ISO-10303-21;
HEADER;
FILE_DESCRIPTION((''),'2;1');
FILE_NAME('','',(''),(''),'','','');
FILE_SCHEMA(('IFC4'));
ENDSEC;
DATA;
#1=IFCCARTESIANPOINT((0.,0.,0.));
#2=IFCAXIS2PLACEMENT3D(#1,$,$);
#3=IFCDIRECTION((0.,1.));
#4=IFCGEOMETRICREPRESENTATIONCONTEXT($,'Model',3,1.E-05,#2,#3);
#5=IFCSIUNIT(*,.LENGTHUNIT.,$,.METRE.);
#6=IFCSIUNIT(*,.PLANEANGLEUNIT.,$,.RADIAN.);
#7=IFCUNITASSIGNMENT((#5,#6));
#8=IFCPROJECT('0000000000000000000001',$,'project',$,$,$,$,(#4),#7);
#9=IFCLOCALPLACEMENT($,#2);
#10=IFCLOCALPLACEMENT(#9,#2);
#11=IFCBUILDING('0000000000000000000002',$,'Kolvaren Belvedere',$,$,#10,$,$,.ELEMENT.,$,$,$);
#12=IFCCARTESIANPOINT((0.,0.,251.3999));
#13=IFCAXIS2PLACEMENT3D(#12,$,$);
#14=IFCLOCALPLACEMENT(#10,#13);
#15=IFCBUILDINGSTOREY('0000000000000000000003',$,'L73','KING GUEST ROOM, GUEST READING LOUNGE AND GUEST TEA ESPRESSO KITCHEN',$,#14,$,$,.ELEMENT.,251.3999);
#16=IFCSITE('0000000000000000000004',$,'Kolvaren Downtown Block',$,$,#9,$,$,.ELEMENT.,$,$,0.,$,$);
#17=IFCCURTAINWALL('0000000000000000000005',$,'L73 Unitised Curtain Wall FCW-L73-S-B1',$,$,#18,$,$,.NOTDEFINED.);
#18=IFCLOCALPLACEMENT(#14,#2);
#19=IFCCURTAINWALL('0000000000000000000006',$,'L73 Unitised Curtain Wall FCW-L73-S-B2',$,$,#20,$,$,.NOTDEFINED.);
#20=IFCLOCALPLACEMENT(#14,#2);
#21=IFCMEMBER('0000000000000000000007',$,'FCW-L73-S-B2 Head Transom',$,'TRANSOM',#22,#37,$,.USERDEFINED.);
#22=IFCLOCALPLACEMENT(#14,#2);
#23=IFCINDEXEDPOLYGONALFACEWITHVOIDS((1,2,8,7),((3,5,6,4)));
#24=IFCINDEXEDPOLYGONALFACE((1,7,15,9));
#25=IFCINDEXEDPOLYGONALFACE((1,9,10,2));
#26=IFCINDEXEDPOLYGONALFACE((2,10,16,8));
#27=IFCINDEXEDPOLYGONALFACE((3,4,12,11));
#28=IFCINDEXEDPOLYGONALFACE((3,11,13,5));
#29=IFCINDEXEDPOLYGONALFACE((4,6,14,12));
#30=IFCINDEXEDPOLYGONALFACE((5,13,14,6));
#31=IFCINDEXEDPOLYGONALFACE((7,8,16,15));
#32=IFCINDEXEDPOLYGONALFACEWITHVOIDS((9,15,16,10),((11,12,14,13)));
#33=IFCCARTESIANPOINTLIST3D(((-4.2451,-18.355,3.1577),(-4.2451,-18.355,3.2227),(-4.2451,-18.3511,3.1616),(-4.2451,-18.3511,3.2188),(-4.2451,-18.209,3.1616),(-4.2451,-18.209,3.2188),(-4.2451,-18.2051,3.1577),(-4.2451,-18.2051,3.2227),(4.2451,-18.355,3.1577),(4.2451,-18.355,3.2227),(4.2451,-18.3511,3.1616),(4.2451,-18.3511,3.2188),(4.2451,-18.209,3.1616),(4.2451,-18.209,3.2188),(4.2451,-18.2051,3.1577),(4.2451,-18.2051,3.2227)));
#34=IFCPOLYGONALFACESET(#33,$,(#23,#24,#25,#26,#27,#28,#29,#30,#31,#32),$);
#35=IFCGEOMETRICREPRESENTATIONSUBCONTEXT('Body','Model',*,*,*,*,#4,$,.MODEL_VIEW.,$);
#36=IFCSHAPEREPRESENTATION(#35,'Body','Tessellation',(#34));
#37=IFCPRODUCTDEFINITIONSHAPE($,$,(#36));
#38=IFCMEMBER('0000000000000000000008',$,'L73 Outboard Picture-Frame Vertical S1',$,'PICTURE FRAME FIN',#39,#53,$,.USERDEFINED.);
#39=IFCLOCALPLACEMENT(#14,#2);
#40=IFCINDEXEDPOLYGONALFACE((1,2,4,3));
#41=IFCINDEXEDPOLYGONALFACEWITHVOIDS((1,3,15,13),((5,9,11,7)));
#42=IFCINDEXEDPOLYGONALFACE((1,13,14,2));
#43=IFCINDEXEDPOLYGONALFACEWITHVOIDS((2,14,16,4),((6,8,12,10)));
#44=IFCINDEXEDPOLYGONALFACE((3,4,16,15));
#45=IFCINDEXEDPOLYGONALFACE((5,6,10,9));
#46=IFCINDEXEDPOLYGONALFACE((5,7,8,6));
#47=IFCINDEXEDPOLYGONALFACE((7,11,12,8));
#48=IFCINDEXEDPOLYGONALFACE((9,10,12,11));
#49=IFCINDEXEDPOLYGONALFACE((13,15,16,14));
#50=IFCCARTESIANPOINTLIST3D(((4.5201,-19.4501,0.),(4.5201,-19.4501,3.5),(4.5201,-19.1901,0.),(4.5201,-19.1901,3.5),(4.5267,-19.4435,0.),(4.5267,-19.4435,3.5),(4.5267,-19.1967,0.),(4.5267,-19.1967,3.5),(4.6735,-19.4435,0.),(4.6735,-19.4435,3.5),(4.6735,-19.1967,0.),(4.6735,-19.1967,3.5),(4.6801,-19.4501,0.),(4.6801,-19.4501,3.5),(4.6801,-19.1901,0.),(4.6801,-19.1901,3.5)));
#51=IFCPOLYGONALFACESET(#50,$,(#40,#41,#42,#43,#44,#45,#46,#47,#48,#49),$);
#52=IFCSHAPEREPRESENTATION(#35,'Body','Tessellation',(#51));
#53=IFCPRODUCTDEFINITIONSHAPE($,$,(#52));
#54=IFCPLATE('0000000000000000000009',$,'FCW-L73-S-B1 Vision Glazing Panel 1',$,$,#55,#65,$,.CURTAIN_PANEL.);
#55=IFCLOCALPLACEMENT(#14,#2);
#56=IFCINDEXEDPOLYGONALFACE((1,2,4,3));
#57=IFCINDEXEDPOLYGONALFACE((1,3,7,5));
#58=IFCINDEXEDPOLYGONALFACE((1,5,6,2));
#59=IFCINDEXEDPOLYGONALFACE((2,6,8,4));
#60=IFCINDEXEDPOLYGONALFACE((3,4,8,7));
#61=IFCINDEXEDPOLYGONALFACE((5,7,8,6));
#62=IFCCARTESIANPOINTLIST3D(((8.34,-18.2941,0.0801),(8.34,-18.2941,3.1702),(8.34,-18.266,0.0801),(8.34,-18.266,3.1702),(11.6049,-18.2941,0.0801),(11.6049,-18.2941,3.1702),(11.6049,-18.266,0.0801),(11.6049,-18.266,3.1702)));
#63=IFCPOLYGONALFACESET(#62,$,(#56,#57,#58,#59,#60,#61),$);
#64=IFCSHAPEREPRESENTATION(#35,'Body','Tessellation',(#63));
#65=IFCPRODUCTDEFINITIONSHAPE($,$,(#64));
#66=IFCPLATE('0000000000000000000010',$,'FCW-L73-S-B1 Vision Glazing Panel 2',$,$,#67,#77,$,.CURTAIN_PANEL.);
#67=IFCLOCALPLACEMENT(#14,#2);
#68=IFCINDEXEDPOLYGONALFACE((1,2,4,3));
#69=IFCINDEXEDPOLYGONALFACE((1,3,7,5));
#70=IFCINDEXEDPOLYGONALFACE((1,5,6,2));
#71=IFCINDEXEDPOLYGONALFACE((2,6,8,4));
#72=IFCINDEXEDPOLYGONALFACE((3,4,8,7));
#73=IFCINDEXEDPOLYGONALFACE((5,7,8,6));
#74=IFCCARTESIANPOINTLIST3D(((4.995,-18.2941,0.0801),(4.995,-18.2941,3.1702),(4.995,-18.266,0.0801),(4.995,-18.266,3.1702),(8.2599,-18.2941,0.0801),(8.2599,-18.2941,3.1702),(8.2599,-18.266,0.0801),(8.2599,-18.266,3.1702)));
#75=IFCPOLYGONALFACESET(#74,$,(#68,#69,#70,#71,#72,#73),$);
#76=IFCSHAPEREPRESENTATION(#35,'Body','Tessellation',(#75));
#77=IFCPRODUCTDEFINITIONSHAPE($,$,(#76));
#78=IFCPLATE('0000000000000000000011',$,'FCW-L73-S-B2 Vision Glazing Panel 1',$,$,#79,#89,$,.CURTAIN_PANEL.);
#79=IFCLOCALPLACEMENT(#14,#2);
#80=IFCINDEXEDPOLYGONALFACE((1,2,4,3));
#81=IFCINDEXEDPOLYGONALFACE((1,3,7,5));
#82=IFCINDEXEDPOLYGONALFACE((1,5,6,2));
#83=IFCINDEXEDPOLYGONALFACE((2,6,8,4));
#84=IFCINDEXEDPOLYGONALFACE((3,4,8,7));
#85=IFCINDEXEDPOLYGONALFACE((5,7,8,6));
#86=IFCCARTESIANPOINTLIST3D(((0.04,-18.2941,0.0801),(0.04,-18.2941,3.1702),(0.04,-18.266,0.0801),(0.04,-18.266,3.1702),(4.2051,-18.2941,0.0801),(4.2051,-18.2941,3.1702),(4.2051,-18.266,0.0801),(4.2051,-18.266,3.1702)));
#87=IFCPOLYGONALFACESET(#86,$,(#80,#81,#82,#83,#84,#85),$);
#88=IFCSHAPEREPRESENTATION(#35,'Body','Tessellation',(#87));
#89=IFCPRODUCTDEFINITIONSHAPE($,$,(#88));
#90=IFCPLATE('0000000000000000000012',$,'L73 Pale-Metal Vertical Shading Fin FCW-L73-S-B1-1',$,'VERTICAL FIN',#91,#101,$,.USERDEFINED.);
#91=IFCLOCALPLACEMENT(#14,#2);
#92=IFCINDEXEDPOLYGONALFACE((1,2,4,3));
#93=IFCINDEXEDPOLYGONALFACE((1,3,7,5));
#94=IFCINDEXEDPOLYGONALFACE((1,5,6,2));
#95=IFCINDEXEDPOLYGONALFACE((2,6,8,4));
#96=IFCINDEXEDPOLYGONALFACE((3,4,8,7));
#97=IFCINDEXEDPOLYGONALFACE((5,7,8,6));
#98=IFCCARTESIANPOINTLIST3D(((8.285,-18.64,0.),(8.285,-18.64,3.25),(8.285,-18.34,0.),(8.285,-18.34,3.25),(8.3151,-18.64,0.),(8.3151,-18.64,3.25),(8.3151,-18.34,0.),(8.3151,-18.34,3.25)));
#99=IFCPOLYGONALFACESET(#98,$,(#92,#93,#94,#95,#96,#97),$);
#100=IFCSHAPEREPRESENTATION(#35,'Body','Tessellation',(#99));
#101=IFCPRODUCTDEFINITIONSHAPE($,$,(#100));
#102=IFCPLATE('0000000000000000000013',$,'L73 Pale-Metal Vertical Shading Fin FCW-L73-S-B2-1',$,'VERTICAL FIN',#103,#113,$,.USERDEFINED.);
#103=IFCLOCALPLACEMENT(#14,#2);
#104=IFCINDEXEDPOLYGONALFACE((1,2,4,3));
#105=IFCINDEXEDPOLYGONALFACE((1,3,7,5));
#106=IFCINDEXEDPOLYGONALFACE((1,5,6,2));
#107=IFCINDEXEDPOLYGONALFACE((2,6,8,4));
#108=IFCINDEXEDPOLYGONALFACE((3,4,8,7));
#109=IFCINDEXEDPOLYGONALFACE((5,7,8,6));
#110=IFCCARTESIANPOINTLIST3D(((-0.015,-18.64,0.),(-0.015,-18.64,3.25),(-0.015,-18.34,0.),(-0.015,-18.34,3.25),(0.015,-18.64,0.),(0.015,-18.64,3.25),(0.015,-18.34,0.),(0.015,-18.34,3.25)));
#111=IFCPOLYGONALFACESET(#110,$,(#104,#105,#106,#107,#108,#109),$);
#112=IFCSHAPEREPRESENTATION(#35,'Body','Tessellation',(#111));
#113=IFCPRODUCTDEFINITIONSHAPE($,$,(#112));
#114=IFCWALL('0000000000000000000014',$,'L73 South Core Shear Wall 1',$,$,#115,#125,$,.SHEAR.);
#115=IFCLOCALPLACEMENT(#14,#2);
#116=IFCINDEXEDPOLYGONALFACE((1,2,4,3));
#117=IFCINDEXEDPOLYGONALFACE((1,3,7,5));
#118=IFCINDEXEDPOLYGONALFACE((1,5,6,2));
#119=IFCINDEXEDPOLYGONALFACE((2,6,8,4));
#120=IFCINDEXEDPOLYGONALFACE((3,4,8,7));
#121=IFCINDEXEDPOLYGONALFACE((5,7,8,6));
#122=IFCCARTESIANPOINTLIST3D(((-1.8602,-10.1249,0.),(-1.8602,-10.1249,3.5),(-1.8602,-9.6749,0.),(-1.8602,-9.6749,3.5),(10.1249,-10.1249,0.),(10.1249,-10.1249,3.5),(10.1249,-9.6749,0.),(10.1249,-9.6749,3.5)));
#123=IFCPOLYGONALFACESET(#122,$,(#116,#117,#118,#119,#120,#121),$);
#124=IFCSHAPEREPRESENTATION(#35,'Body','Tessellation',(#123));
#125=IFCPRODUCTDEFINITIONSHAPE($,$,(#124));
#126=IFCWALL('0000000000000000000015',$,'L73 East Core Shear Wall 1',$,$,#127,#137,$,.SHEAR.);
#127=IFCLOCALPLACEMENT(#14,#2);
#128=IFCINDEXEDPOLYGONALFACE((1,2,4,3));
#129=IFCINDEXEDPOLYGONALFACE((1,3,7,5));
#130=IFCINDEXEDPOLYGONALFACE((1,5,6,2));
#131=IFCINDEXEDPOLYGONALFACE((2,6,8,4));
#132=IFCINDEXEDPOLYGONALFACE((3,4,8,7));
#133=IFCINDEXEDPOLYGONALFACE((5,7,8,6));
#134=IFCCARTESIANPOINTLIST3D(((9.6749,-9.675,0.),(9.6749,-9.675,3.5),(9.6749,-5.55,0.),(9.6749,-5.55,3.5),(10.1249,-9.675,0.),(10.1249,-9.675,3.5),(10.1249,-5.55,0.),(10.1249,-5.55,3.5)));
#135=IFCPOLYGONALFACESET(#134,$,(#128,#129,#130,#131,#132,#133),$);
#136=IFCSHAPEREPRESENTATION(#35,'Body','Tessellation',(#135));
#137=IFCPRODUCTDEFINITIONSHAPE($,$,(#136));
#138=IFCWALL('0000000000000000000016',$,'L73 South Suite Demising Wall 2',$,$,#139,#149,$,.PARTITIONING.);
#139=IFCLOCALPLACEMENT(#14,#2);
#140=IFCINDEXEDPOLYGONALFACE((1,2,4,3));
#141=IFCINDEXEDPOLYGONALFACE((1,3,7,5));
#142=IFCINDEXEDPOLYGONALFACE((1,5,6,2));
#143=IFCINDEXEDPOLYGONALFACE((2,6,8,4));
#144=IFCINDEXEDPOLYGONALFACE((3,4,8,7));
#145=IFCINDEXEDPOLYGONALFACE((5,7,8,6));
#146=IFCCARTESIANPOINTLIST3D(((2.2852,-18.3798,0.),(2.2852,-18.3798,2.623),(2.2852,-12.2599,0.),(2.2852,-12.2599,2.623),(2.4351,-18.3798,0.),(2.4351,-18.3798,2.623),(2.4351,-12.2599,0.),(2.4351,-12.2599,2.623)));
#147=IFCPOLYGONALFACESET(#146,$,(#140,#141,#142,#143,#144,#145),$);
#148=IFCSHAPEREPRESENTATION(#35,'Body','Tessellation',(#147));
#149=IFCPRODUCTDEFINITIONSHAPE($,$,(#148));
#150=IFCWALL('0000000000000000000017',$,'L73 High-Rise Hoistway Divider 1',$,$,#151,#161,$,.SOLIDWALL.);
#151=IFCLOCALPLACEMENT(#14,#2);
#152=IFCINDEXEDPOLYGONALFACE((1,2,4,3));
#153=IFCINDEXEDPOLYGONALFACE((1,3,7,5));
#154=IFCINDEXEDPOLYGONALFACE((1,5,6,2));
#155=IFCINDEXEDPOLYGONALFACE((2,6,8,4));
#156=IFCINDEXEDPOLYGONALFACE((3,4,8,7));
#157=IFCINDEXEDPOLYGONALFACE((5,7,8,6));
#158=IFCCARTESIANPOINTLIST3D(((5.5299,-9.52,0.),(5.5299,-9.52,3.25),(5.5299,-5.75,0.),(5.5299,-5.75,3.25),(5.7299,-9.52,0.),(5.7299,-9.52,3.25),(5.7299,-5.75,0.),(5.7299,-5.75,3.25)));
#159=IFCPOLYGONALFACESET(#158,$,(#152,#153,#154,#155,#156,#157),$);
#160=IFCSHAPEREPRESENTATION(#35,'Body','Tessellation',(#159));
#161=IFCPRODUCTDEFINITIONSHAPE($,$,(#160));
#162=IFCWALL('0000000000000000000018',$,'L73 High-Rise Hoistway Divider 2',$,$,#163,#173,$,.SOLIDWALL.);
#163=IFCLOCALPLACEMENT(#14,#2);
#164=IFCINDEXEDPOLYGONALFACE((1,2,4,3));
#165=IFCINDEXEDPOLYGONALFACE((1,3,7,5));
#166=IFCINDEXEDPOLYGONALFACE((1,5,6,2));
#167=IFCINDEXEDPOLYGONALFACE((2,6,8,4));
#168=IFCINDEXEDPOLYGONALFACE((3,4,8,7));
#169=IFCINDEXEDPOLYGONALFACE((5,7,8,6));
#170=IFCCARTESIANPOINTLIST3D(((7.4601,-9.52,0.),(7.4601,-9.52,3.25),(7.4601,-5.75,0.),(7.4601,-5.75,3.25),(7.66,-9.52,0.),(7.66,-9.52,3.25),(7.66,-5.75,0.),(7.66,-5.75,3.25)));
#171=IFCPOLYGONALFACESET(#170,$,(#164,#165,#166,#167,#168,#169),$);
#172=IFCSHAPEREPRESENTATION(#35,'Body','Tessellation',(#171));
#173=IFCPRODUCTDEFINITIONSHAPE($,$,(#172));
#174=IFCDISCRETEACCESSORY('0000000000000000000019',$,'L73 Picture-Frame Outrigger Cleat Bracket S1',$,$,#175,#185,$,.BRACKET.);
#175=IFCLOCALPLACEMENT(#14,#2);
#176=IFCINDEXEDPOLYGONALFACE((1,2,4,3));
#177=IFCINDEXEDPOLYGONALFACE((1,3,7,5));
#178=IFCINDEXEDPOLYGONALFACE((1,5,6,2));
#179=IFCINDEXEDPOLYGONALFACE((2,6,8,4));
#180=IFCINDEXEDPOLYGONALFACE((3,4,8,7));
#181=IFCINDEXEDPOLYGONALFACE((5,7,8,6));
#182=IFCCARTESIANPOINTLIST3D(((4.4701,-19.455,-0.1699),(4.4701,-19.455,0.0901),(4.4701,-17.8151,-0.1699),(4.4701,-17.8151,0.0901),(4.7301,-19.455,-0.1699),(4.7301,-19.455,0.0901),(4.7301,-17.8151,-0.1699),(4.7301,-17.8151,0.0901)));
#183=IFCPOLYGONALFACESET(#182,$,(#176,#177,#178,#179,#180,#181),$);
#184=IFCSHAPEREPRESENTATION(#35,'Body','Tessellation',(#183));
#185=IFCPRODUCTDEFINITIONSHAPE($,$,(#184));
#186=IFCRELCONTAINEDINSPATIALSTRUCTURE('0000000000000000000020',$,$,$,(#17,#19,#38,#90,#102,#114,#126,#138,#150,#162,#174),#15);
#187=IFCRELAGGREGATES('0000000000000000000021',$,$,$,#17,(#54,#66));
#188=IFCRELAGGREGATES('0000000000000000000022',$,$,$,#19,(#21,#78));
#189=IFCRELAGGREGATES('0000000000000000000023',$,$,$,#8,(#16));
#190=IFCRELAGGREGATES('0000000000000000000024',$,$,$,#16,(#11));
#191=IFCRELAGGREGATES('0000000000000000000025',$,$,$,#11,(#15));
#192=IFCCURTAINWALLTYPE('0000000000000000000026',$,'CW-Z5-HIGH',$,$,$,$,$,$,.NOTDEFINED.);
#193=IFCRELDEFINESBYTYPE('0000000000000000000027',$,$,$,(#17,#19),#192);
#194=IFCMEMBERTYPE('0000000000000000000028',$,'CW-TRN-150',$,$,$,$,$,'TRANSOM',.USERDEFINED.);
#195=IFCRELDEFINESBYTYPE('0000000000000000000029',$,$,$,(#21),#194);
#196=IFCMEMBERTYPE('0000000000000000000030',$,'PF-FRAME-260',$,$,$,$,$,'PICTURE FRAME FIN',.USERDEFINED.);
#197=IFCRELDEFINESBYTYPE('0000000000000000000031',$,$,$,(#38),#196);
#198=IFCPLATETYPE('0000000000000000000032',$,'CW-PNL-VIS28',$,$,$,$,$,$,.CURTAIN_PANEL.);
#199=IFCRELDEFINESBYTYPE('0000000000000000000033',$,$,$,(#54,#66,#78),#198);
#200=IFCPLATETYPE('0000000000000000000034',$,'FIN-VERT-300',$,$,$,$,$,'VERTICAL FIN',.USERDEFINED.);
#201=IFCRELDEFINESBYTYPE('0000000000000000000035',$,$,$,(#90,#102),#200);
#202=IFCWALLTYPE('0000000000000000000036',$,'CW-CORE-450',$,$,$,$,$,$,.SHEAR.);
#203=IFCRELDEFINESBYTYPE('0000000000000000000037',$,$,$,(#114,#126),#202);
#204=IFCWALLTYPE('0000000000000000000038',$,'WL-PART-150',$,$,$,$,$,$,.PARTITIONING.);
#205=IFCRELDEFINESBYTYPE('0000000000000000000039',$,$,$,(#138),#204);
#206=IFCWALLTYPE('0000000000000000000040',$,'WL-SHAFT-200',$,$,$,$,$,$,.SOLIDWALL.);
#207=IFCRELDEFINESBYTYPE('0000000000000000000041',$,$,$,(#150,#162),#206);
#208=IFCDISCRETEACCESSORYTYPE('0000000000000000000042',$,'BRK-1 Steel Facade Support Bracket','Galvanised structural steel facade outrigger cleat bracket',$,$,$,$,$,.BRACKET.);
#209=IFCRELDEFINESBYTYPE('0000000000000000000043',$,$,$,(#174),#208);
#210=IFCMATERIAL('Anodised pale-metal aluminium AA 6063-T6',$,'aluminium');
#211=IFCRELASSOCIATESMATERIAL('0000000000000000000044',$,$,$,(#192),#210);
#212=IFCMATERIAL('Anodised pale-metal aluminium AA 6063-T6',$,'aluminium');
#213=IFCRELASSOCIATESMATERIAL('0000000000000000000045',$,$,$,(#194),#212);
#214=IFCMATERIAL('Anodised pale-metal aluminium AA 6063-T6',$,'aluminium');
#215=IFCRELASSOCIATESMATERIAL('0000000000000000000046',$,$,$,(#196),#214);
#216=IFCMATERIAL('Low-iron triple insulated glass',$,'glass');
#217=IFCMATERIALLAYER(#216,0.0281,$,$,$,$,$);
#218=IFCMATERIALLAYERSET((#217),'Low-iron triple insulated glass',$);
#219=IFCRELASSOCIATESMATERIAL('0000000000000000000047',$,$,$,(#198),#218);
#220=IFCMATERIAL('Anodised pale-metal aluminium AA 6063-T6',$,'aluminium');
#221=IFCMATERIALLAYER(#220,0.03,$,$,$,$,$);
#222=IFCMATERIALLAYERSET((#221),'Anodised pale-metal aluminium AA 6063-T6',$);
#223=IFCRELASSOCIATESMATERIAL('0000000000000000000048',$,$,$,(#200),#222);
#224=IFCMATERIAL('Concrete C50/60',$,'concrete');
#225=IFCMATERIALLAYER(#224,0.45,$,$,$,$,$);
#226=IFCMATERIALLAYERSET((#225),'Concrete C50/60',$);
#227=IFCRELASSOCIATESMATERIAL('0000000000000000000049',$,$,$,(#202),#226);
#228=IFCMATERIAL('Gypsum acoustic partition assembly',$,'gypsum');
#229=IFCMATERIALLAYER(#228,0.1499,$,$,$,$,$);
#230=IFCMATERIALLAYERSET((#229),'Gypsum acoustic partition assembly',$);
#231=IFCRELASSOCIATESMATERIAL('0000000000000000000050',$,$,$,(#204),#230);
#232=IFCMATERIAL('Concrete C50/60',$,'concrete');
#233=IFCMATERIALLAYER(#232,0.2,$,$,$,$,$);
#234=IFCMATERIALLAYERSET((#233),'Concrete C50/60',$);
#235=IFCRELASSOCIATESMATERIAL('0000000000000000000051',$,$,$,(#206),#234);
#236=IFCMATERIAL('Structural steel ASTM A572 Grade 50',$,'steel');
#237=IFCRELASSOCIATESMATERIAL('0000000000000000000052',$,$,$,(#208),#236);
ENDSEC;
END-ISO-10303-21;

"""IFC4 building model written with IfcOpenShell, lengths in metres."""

from ifc_helpers import new_model, si_unit, direction, frame, frame_2d, origin, origin_2d, place, context, subcontext, project, spatial, rectangle, hollow_rectangle, extrude, material, layer, layer_set, material_profile, profile_set, type_object, element, aggregate, save


model = new_model("IFC4")

# Units and contexts
model_context = context("Model", 3, precision=1e-05, world=origin(), true_north=direction((0.0, 1.0)))
body_context = subcontext(model_context, "Body", "Model", "MODEL_VIEW")
ifc_project = project(units=[si_unit("LENGTHUNIT", "METRE"), si_unit("PLANEANGLEUNIT", "RADIAN")], contexts=[model_context])

# Site, building, storey
site_placement = place(None, origin())
site = spatial("IfcSite", under=ifc_project, at=site_placement, Name="Kolvaren Downtown Block", CompositionType="ELEMENT", RefElevation=0.0)
building_placement = place(site_placement, origin())
building = spatial("IfcBuilding", under=site, at=building_placement, Name="Kolvaren Belvedere", CompositionType="ELEMENT")
storey_placement = place(building_placement, frame((0.0, 0.0, 251.3999)))
storey = spatial("IfcBuildingStorey", under=building, at=storey_placement, Name="L73", Description="KING GUEST ROOM, GUEST READING LOUNGE AND GUEST TEA ESPRESSO KITCHEN", CompositionType="ELEMENT", Elevation=251.3999)

# Curtain walls, member
ifc_material_1 = material(Name="Anodised pale-metal aluminium AA 6063-T6", Category="aluminium")
curtain_wall_type = type_object("IfcCurtainWallType", Name="CW-Z5-HIGH", PredefinedType="NOTDEFINED", material=ifc_material_1)
curtain_wall_1_placement = place(storey_placement, origin())
curtain_wall_1 = element("IfcCurtainWall", 1, at=curtain_wall_1_placement, inside=storey, type_object=curtain_wall_type, Name="L73 Unitised Curtain Wall FCW-L73-S-B1", PredefinedType="NOTDEFINED")
curtain_wall_2_placement = place(storey_placement, origin())
curtain_wall_2 = element("IfcCurtainWall", 2, at=curtain_wall_2_placement, inside=storey, type_object=curtain_wall_type, Name="L73 Unitised Curtain Wall FCW-L73-S-B2", PredefinedType="NOTDEFINED")
ifc_material_2 = material(Name="Anodised pale-metal aluminium AA 6063-T6", Category="aluminium")
ifc_material_profile_1 = material_profile(ifc_material_2, hollow_rectangle(XDim=0.0649, YDim=0.1499, WallThickness=0.0039, at=origin_2d()), Name="ALU-TRN-150X65")
ifc_profile_set_1 = profile_set([ifc_material_profile_1], Name="Anodised pale-metal aluminium AA 6063-T6")
member_type_1 = type_object("IfcMemberType", Name="CW-TRN-150", ElementType="TRANSOM", PredefinedType="USERDEFINED", material=ifc_profile_set_1)
member_1_placement = place(storey_placement, frame((4.2451, -18.28, 3.1902), z_axis=(-1.0, 0.0, 0.0), x_axis=(0.0, 0.0, 1.0)))
member_1 = element("IfcMember", 3, at=member_1_placement, type_object=member_type_1, Name="FCW-L73-S-B2 Head Transom", ObjectType="TRANSOM", PredefinedType="USERDEFINED", context=body_context, shape_type="SweptSolid", body=[
    extrude(hollow_rectangle(XDim=0.0649, YDim=0.1499, WallThickness=0.0039, at=origin_2d()), origin(), (0.0, 0.0, 1.0), 8.4902),
])

# Member
ifc_material_3 = material(Name="Anodised pale-metal aluminium AA 6063-T6", Category="aluminium")
ifc_material_profile_2 = material_profile(ifc_material_3, hollow_rectangle(XDim=0.1599, YDim=0.26, WallThickness=0.0066, at=origin_2d()), Name="ALU-PF-260X160")
ifc_profile_set_2 = profile_set([ifc_material_profile_2], Name="Anodised pale-metal aluminium AA 6063-T6")
member_type_2 = type_object("IfcMemberType", Name="PF-FRAME-260", ElementType="PICTURE FRAME FIN", PredefinedType="USERDEFINED", material=ifc_profile_set_2)
member_2_placement = place(storey_placement, frame((4.6001, -19.3201, 0.0), z_axis=(0.0, 0.0, 1.0), x_axis=(1.0, 0.0, 0.0)))
element("IfcMember", 4, at=member_2_placement, inside=storey, type_object=member_type_2, Name="L73 Outboard Picture-Frame Vertical S1", ObjectType="PICTURE FRAME FIN", PredefinedType="USERDEFINED", context=body_context, shape_type="SweptSolid", body=[
    extrude(hollow_rectangle(XDim=0.1599, YDim=0.26, WallThickness=0.0066, at=origin_2d()), origin(), (0.0, 0.0, 1.0), 3.5),
])

# Plates
ifc_material_4 = material(Name="Low-iron triple insulated glass", Category="glass")
ifc_layer_1 = layer(ifc_material_4, 0.0281)
ifc_layer_set_1 = layer_set([ifc_layer_1], Name="Low-iron triple insulated glass")
plate_type_1 = type_object("IfcPlateType", Name="CW-PNL-VIS28", PredefinedType="CURTAIN_PANEL", material=ifc_layer_set_1)
plate_1_placement = place(storey_placement, frame((9.9724, -18.28, 0.0801), z_axis=(0.0, 0.0, 1.0), x_axis=(-1.0, 0.0, 0.0)))
plate_1 = element("IfcPlate", 5, at=plate_1_placement, type_object=plate_type_1, Name="FCW-L73-S-B1 Vision Glazing Panel 1", PredefinedType="CURTAIN_PANEL", context=body_context, shape_type="SweptSolid", body=[
    extrude(rectangle(XDim=3.2649, YDim=0.0281, at=origin_2d()), origin(), (0.0, 0.0, 1.0), 3.0901),
])
plate_2_placement = place(storey_placement, frame((6.6274, -18.28, 0.0801), z_axis=(0.0, 0.0, 1.0), x_axis=(-1.0, 0.0, 0.0)))
plate_2 = element("IfcPlate", 6, at=plate_2_placement, type_object=plate_type_1, Name="FCW-L73-S-B1 Vision Glazing Panel 2", PredefinedType="CURTAIN_PANEL", context=body_context, shape_type="SweptSolid", body=[
    extrude(rectangle(XDim=3.2649, YDim=0.0281, at=origin_2d()), origin(), (0.0, 0.0, 1.0), 3.0901),
])
aggregate(curtain_wall_1, [plate_1, plate_2])
plate_3_placement = place(storey_placement, frame((2.1226, -18.28, 0.0801), z_axis=(0.0, 0.0, 1.0), x_axis=(-1.0, 0.0, 0.0)))
plate_3 = element("IfcPlate", 7, at=plate_3_placement, type_object=plate_type_1, Name="FCW-L73-S-B2 Vision Glazing Panel 1", PredefinedType="CURTAIN_PANEL", context=body_context, shape_type="SweptSolid", body=[
    extrude(rectangle(XDim=4.165, YDim=0.0281, at=origin_2d()), origin(), (0.0, 0.0, 1.0), 3.0901),
])
aggregate(curtain_wall_2, [member_1, plate_3])

# Plates
ifc_material_5 = material(Name="Anodised pale-metal aluminium AA 6063-T6", Category="aluminium")
ifc_layer_2 = layer(ifc_material_5, 0.03)
ifc_layer_set_2 = layer_set([ifc_layer_2], Name="Anodised pale-metal aluminium AA 6063-T6")
plate_type_2 = type_object("IfcPlateType", Name="FIN-VERT-300", ElementType="VERTICAL FIN", PredefinedType="USERDEFINED", material=ifc_layer_set_2)
for number, where, z_axis, x_axis, name in (
    (8, (8.3, -18.49, 0.0), (0.0, 0.0, 1.0), (0.0, 1.0, 0.0), "L73 Pale-Metal Vertical Shading Fin FCW-L73-S-B1-1"),
    (9, (0.0, -18.49, 0.0), (0.0, 0.0, 1.0), (0.0, 1.0, 0.0), "L73 Pale-Metal Vertical Shading Fin FCW-L73-S-B2-1"),
):
    element("IfcPlate", number, at=place(storey_placement, frame(where, z_axis=z_axis, x_axis=x_axis)), inside=storey, type_object=plate_type_2, Name=name, ObjectType="VERTICAL FIN", PredefinedType="USERDEFINED", context=body_context, shape_type="SweptSolid", body=[
        extrude(rectangle(XDim=0.3, YDim=0.03, at=origin_2d()), origin(), (0.0, 0.0, 1.0), 3.25),
    ])

# Walls
ifc_material_6 = material(Name="Concrete C50/60", Category="concrete")
ifc_layer_3 = layer(ifc_material_6, 0.45)
ifc_layer_set_3 = layer_set([ifc_layer_3], Name="Concrete C50/60")
wall_type_1 = type_object("IfcWallType", Name="CW-CORE-450", PredefinedType="SHEAR", material=ifc_layer_set_3)
wall_1_placement = place(storey_placement, frame((10.125, -9.8999, 0.0), z_axis=(0.0, 0.0, 1.0), x_axis=(-1.0, 0.0, 0.0)))
element("IfcWall", 10, at=wall_1_placement, inside=storey, type_object=wall_type_1, Name="L73 South Core Shear Wall 1", PredefinedType="SHEAR", context=body_context, shape_type="SweptSolid", body=[
    extrude(rectangle(XDim=11.9851, YDim=0.45, at=frame_2d((5.9927, 0.0))), origin(), (0.0, 0.0, 1.0), 3.5),
])
wall_2_placement = place(storey_placement, frame((9.8999, -9.675, 0.0), z_axis=(0.0, 0.0, 1.0), x_axis=(0.0, 1.0, 0.0)))
element("IfcWall", 11, at=wall_2_placement, inside=storey, type_object=wall_type_1, Name="L73 East Core Shear Wall 1", PredefinedType="SHEAR", context=body_context, shape_type="SweptSolid", body=[
    extrude(rectangle(XDim=4.125, YDim=0.45, at=frame_2d((2.0625, 0.0))), origin(), (0.0, 0.0, 1.0), 3.5),
])
ifc_material_7 = material(Name="Gypsum acoustic partition assembly", Category="gypsum")
ifc_layer_4 = layer(ifc_material_7, 0.1499)
ifc_layer_set_4 = layer_set([ifc_layer_4], Name="Gypsum acoustic partition assembly")
wall_type_2 = type_object("IfcWallType", Name="WL-PART-150", PredefinedType="PARTITIONING", material=ifc_layer_set_4)
wall_3_placement = place(storey_placement, frame((2.3601, -18.3799, 0.0), z_axis=(0.0, 0.0, 1.0), x_axis=(0.0, 1.0, 0.0)))
element("IfcWall", 12, at=wall_3_placement, inside=storey, type_object=wall_type_2, Name="L73 South Suite Demising Wall 2", PredefinedType="PARTITIONING", context=body_context, shape_type="SweptSolid", body=[
    extrude(rectangle(XDim=6.1199, YDim=0.1499, at=frame_2d((3.0601, 0.0))), origin(), (0.0, 0.0, 1.0), 2.623),
])
ifc_material_8 = material(Name="Concrete C50/60", Category="concrete")
ifc_layer_5 = layer(ifc_material_8, 0.2)
ifc_layer_set_5 = layer_set([ifc_layer_5], Name="Concrete C50/60")
wall_type_3 = type_object("IfcWallType", Name="WL-SHAFT-200", PredefinedType="SOLIDWALL", material=ifc_layer_set_5)
for number, where, z_axis, x_axis, name in (
    (13, (5.6299, -9.52, 0.0), (0.0, 0.0, 1.0), (0.0, 1.0, 0.0), "L73 High-Rise Hoistway Divider 1"),
    (14, (7.5601, -9.52, 0.0), (0.0, 0.0, 1.0), (0.0, 1.0, 0.0), "L73 High-Rise Hoistway Divider 2"),
):
    element("IfcWall", number, at=place(storey_placement, frame(where, z_axis=z_axis, x_axis=x_axis)), inside=storey, type_object=wall_type_3, Name=name, PredefinedType="SOLIDWALL", context=body_context, shape_type="SweptSolid", body=[
        extrude(rectangle(XDim=3.77, YDim=0.2, at=frame_2d((1.885, 0.0))), origin(), (0.0, 0.0, 1.0), 3.25),
    ])

# Discrete accessory
ifc_material_9 = material(Name="Structural steel ASTM A572 Grade 50", Category="steel")
discrete_accessory_type = type_object("IfcDiscreteAccessoryType", Name="BRK-1 Steel Facade Support Bracket", Description="Galvanised structural steel facade outrigger cleat bracket", PredefinedType="BRACKET", material=ifc_material_9)
discrete_accessory_placement = place(storey_placement, frame((4.6001, -18.635, -0.1699), z_axis=(0.0, 0.0, 1.0), x_axis=(0.0, 1.0, 0.0)))
element("IfcDiscreteAccessory", 15, at=discrete_accessory_placement, inside=storey, type_object=discrete_accessory_type, Name="L73 Picture-Frame Outrigger Cleat Bracket S1", PredefinedType="BRACKET", context=body_context, shape_type="SweptSolid", body=[
    extrude(rectangle(XDim=1.6399, YDim=0.26, at=origin_2d()), origin(), (0.0, 0.0, 1.0), 0.26),
])

save(model, "model.ifc")
